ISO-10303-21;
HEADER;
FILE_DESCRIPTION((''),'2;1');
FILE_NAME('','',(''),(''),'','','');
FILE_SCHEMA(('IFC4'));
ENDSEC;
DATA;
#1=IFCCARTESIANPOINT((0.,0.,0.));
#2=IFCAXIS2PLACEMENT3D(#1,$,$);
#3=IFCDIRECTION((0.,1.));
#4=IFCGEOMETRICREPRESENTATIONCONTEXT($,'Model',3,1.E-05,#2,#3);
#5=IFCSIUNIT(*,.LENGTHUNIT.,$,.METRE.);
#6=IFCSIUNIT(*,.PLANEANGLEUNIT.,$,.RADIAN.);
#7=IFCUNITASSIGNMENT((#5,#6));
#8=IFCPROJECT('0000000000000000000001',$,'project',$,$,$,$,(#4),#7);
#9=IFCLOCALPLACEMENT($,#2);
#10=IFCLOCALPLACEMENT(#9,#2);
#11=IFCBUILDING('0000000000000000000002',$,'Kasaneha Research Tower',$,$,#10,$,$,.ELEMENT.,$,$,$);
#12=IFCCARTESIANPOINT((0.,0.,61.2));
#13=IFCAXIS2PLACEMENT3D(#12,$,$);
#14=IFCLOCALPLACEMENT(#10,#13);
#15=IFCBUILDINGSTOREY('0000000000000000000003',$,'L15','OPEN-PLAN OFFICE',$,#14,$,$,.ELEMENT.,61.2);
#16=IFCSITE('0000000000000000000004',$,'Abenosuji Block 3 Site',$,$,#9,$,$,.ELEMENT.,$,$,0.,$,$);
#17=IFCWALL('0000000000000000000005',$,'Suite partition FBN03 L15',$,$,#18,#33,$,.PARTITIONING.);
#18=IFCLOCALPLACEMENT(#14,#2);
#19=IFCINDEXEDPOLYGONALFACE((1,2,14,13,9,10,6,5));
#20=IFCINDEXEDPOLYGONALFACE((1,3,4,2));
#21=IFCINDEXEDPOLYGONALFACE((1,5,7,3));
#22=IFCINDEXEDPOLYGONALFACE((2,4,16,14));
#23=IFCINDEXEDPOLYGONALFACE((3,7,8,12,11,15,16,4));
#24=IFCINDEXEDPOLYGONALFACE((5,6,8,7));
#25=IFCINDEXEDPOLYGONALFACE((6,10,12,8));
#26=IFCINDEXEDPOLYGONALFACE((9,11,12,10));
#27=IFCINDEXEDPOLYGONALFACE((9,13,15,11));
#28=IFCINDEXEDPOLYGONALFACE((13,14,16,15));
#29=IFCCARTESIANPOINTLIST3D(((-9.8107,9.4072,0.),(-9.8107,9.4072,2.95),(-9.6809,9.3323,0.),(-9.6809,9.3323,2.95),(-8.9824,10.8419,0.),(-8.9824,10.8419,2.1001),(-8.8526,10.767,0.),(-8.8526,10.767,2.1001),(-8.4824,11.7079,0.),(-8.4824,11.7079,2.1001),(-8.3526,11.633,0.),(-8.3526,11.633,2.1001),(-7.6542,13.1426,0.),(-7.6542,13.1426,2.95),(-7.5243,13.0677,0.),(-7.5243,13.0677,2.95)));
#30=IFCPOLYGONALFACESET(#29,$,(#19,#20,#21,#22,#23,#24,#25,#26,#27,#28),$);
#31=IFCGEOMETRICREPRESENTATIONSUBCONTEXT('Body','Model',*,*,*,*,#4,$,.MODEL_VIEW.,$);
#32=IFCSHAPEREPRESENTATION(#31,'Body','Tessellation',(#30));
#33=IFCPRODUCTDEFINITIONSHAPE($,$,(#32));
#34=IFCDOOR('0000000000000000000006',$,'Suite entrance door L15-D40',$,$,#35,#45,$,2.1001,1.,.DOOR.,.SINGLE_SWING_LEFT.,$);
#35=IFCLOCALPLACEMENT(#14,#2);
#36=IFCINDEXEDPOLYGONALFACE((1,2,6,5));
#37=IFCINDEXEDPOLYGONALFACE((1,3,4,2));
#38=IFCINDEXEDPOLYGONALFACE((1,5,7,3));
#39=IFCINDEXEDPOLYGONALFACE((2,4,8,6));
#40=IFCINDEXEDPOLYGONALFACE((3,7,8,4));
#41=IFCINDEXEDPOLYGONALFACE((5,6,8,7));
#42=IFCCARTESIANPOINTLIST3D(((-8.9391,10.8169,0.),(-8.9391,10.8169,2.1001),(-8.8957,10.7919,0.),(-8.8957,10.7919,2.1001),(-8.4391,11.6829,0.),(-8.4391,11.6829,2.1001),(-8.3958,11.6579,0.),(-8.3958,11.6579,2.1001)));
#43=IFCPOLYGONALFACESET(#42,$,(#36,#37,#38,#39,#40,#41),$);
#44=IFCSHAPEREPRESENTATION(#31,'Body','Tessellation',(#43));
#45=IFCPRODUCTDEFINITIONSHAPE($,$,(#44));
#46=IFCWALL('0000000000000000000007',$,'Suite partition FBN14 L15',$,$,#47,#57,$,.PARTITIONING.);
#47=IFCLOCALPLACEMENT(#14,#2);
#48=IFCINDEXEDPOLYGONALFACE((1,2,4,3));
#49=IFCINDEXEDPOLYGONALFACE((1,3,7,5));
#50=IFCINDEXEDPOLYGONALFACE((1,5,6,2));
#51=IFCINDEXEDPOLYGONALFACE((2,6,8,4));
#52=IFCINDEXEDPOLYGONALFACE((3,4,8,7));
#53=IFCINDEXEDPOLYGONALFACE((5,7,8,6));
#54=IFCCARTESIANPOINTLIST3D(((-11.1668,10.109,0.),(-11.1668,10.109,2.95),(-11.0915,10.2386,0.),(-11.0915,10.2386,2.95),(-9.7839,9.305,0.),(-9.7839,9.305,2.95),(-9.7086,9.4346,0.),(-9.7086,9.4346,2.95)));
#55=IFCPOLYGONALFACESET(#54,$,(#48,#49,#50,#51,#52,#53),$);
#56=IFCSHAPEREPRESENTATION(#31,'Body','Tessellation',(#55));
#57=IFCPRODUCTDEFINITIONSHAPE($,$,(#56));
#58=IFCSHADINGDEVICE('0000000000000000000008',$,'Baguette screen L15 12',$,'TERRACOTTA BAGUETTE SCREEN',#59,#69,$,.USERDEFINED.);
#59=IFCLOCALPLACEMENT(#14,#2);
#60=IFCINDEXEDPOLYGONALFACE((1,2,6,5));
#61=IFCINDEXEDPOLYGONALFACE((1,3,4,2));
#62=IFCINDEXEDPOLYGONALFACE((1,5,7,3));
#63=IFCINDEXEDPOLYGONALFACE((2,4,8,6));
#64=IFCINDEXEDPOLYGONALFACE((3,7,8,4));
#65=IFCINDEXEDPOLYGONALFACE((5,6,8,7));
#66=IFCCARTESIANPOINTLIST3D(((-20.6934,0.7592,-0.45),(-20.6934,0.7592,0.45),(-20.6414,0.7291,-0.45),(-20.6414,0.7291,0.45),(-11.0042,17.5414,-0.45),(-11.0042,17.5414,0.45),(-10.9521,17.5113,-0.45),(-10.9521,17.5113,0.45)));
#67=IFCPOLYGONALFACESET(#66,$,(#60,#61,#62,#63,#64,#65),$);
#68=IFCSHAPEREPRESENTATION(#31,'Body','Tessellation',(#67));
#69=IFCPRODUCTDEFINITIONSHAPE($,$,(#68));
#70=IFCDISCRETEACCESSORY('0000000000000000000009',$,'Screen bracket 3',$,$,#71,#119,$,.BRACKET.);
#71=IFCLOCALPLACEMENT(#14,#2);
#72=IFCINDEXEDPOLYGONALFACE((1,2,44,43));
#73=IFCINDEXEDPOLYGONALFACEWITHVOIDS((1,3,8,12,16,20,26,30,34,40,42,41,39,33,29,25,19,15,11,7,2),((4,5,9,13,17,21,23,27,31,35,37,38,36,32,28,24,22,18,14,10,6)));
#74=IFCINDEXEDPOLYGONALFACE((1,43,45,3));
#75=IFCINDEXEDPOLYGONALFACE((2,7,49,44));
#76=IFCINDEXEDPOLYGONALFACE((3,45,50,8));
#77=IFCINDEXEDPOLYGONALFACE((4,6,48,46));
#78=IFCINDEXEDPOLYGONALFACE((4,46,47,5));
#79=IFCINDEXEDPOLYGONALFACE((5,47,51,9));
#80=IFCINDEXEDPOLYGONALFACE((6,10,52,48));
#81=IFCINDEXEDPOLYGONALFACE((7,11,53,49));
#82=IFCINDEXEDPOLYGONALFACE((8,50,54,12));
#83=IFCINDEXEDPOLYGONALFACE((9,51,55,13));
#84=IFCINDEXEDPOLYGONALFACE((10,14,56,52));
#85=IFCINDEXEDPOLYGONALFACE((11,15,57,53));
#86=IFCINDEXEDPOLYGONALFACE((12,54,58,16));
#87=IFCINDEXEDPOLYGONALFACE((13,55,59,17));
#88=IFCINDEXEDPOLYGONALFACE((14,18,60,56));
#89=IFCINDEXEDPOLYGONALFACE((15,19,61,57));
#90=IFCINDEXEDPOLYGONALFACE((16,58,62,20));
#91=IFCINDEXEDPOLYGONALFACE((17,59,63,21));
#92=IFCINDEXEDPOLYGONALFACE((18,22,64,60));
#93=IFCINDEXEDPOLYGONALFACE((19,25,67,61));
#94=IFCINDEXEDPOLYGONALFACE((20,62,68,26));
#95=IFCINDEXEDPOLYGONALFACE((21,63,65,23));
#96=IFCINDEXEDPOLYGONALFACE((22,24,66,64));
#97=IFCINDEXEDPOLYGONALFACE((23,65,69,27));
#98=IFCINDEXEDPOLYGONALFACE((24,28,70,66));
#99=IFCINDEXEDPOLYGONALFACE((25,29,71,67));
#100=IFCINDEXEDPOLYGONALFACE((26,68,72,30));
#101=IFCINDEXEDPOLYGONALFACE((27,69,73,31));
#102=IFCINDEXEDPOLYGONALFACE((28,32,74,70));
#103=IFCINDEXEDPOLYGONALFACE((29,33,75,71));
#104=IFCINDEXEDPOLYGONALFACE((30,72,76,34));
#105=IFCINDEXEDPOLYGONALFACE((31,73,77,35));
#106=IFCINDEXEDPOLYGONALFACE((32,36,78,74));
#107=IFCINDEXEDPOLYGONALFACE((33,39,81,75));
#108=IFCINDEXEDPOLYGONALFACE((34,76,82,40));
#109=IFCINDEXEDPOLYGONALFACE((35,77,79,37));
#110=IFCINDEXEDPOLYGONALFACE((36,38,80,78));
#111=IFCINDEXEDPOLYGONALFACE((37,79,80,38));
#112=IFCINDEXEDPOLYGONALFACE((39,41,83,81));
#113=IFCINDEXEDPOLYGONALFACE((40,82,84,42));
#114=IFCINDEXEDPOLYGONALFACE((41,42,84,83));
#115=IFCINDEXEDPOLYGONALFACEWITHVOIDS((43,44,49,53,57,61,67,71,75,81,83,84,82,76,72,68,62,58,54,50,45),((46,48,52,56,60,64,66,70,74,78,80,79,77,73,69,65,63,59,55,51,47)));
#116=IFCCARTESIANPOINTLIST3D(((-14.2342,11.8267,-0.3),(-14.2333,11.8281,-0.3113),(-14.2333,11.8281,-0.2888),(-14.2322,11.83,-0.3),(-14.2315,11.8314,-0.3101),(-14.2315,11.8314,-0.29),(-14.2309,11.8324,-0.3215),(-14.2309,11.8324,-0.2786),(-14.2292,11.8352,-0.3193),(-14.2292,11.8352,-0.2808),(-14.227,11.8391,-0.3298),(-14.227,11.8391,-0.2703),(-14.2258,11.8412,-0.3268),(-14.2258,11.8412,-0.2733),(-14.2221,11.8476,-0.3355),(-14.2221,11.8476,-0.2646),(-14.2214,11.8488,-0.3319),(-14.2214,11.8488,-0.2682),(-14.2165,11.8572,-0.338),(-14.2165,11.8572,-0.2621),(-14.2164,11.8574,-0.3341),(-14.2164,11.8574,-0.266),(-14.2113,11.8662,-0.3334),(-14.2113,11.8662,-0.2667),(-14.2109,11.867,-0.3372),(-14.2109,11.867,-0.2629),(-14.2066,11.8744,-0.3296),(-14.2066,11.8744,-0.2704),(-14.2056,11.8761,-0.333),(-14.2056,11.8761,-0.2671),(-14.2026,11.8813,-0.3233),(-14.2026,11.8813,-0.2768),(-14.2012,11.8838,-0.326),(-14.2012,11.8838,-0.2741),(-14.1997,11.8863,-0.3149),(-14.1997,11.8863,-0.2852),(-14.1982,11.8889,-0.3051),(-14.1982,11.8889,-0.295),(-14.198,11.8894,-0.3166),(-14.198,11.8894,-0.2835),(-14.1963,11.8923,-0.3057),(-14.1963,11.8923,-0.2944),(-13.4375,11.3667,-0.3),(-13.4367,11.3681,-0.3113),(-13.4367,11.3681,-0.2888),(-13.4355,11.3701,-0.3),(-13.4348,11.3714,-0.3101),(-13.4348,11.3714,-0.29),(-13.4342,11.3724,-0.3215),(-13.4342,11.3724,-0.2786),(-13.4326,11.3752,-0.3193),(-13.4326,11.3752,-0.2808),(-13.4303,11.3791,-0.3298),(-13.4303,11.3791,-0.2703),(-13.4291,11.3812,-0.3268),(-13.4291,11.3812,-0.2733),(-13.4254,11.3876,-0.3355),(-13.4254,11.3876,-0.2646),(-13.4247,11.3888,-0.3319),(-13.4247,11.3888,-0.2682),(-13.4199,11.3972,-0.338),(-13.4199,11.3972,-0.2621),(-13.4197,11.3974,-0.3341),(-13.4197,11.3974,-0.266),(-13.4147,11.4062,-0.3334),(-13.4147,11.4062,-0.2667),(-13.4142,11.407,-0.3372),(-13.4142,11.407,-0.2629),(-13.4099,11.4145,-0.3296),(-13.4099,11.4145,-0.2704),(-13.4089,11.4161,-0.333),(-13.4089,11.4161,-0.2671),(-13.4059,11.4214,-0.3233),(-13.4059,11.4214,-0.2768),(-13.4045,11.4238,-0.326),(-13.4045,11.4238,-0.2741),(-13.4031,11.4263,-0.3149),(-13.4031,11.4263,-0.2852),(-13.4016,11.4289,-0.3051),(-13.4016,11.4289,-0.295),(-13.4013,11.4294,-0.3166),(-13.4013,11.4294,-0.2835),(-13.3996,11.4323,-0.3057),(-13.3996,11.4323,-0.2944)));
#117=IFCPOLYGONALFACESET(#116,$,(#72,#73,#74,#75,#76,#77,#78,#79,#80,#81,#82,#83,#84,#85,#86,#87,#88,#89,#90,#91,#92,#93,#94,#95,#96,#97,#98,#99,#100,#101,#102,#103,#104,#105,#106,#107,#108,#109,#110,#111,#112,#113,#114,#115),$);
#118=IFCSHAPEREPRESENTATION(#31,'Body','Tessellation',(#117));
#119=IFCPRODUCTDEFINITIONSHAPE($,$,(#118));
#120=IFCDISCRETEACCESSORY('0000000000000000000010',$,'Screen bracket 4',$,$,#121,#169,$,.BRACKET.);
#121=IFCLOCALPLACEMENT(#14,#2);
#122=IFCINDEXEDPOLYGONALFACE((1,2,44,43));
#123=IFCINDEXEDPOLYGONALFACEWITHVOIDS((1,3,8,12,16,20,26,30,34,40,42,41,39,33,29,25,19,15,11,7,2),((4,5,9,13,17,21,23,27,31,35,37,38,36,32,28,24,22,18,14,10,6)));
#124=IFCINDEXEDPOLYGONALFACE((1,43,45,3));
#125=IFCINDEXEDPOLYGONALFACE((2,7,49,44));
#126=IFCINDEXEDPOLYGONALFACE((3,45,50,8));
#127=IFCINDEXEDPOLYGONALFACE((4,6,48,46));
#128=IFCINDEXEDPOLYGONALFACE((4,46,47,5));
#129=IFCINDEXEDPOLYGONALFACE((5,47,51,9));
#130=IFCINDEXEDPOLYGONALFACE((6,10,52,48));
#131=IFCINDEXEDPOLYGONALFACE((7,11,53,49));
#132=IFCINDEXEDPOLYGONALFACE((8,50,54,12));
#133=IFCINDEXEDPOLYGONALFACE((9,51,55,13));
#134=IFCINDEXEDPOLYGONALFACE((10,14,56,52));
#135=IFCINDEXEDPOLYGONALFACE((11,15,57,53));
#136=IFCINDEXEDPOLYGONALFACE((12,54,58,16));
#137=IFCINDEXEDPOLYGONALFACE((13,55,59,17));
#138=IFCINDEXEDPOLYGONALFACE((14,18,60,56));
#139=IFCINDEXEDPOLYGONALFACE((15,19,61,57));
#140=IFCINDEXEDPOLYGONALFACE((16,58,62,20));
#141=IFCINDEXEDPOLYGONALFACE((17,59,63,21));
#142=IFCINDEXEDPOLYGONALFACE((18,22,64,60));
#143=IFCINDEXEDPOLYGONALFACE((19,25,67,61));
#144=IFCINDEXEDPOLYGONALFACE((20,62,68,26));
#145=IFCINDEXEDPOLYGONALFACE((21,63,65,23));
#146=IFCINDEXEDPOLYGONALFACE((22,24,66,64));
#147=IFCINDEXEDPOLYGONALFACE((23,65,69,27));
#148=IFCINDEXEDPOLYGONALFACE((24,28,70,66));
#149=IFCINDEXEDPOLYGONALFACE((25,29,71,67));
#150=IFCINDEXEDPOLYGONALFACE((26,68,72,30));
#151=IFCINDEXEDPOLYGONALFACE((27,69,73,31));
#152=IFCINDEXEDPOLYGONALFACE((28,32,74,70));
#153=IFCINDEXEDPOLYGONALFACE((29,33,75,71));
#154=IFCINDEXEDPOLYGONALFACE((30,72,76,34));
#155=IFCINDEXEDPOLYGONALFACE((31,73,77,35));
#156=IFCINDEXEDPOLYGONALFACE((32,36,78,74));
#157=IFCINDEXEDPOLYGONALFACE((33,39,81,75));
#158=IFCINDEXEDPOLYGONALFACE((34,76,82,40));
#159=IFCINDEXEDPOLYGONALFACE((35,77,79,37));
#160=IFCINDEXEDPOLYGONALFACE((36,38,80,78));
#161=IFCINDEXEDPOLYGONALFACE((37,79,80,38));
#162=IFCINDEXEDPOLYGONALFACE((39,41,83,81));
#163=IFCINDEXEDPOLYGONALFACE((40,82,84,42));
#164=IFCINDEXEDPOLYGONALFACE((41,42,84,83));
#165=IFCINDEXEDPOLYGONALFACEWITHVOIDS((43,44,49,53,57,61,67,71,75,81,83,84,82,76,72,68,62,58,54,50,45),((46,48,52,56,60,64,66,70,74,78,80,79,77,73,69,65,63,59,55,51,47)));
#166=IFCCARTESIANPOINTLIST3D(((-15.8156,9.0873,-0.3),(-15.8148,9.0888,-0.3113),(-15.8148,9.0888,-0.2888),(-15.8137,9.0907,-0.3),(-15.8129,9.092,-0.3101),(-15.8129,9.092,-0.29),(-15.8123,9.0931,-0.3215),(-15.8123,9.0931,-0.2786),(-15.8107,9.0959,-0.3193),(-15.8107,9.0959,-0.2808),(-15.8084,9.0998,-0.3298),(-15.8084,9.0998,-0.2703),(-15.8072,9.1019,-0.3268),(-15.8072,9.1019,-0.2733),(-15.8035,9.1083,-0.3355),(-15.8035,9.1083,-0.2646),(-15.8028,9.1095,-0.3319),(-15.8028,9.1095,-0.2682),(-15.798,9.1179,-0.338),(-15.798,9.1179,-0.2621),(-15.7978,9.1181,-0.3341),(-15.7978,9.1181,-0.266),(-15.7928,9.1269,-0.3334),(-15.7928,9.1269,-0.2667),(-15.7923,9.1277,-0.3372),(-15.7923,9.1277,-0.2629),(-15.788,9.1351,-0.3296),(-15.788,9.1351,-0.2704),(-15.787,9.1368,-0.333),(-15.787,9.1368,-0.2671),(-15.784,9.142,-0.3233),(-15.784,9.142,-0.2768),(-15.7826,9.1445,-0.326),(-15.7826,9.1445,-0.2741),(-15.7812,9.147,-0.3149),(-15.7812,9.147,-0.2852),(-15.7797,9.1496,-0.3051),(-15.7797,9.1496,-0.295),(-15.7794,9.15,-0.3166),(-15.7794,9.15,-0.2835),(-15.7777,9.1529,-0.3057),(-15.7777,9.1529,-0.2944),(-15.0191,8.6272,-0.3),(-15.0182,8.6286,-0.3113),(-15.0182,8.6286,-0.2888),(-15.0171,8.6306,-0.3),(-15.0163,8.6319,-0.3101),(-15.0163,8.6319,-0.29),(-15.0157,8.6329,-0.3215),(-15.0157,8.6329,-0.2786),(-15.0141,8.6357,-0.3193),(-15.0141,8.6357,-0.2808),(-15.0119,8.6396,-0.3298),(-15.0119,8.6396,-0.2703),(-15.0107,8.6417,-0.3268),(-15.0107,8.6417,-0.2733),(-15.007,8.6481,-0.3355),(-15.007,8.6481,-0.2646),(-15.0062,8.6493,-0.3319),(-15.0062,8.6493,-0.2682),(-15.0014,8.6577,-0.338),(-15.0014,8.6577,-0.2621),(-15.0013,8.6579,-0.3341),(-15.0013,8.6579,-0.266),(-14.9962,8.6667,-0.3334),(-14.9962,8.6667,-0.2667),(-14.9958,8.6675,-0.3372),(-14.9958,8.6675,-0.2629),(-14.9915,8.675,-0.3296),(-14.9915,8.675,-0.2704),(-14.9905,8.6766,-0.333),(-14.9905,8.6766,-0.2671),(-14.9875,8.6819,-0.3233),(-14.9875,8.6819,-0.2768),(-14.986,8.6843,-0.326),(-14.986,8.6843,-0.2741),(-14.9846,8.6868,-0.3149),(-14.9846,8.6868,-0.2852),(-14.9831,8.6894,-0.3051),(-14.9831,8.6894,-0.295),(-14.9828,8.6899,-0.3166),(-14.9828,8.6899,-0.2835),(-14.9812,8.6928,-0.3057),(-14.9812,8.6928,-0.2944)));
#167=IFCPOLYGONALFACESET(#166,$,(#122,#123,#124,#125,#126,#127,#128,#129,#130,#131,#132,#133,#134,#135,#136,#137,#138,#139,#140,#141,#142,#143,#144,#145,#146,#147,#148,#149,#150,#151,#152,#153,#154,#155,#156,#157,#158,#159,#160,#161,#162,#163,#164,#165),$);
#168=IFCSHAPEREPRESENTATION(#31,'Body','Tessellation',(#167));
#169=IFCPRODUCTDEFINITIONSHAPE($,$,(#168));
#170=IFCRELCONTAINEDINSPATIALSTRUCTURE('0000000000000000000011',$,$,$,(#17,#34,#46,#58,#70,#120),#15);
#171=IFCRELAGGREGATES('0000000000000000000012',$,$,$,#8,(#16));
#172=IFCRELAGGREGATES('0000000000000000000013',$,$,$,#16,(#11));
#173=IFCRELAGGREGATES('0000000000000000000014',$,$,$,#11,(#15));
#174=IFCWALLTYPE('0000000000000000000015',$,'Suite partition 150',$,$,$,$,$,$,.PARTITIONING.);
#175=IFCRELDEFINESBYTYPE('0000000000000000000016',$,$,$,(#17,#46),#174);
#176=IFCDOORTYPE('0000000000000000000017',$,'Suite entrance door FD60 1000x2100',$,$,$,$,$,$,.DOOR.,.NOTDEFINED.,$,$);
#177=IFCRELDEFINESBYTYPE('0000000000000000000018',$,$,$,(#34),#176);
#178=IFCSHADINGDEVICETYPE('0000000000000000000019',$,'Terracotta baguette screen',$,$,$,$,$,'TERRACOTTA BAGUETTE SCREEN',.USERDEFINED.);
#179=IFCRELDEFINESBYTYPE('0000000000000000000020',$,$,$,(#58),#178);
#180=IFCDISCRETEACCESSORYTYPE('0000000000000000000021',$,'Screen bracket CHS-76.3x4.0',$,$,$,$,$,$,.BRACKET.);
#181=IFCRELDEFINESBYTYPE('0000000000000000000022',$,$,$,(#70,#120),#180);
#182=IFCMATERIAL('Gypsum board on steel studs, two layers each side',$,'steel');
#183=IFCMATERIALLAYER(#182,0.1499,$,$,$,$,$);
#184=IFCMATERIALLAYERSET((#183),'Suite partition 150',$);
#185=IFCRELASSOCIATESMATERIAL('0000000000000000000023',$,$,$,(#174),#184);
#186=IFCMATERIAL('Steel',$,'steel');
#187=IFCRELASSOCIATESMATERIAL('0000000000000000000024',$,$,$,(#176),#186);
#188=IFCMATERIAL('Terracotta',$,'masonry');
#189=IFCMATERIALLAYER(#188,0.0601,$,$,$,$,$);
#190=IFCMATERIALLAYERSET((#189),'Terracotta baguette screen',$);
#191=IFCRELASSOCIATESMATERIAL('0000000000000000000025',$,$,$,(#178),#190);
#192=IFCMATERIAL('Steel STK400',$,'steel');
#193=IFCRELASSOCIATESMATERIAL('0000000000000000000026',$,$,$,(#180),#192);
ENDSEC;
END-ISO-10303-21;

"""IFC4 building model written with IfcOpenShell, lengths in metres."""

from ifc_helpers import new_model, si_unit, direction, frame, frame_2d, origin, origin_2d, place, context, subcontext, project, spatial, rectangle, hollow_circle, extrude, material, layer, layer_set, material_profile, profile_set, type_object, element, fill, save


model = new_model("IFC4")

# Units and contexts
model_context = context("Model", 3, precision=1e-05, world=origin(), true_north=direction((0.0, 1.0)))
body_context = subcontext(model_context, "Body", "Model", "MODEL_VIEW")
ifc_project = project(units=[si_unit("LENGTHUNIT", "METRE"), si_unit("PLANEANGLEUNIT", "RADIAN")], contexts=[model_context])

# Site, building, storey
site_placement = place(None, origin())
site = spatial("IfcSite", under=ifc_project, at=site_placement, Name="Abenosuji Block 3 Site", CompositionType="ELEMENT", RefElevation=0.0)
building_placement = place(site_placement, origin())
building = spatial("IfcBuilding", under=site, at=building_placement, Name="Kasaneha Research Tower", CompositionType="ELEMENT")
storey_placement = place(building_placement, frame((0.0, 0.0, 61.2)))
storey = spatial("IfcBuildingStorey", under=building, at=storey_placement, Name="L15", Description="OPEN-PLAN OFFICE", CompositionType="ELEMENT", Elevation=61.2)

# Wall, opening, door
ifc_material_1 = material(Name="Gypsum board on steel studs, two layers each side", Category="steel")
ifc_layer_1 = layer(ifc_material_1, 0.1499)
ifc_layer_set_1 = layer_set([ifc_layer_1], Name="Suite partition 150")
wall_type_1 = type_object("IfcWallType", Name="Suite partition 150", PredefinedType="PARTITIONING", material=ifc_layer_set_1)
wall_1_placement = place(storey_placement, frame((-9.7458, 9.3696, 0.0), z_axis=(0.0, 0.0, 1.0), x_axis=(0.499981, 0.866037, 0.0)))
wall_1 = element("IfcWall", 1, at=wall_1_placement, inside=storey, type_object=wall_type_1, Name="Suite partition FBN03 L15", PredefinedType="PARTITIONING", context=body_context, shape_type="SweptSolid", body=[
    extrude(rectangle(XDim=4.3132, YDim=0.1499, at=frame_2d((2.1567, 0.0))), origin(), (0.0, 0.0, 1.0), 2.95),
])
opening_1_placement = place(wall_1_placement, frame((1.6567, 0.0, 0.0)))
opening_1 = element("IfcOpeningElement", 2, at=opening_1_placement, cuts=wall_1, PredefinedType="OPENING", context=body_context, shape_type="SweptSolid", body=[
    extrude(rectangle(XDim=1.0, YDim=2.1001, at=frame_2d((0.5, 1.05))), frame((0.0, 0.085, 0.0), z_axis=(0.0, -1.0, 0.0), x_axis=(1.0, 0.0, 0.0)), (0.0, 0.0, 1.0), 0.1699),
])
ifc_material_2 = material(Name="Steel", Category="steel")
door_type_1 = type_object("IfcDoorType", Name="Suite entrance door FD60 1000x2100", OperationType="NOTDEFINED", PredefinedType="DOOR", material=ifc_material_2)
door_1_placement = place(opening_1_placement, origin())
door_1 = element("IfcDoor", 3, at=door_1_placement, inside=storey, type_object=door_type_1, Name="Suite entrance door L15-D40", OperationType="SINGLE_SWING_LEFT", OverallHeight=2.1001, OverallWidth=1.0, PredefinedType="DOOR", context=body_context, shape_type="SweptSolid", body=[
    extrude(rectangle(XDim=1.0, YDim=2.1001, at=frame_2d((0.5, 1.05))), frame((0.0, 0.0249, 0.0), z_axis=(0.0, -1.0, 0.0), x_axis=(1.0, 0.0, 0.0)), (0.0, 0.0, 1.0), 0.05),
])
fill(opening_1, door_1)

# Wall
wall_2_placement = place(storey_placement, frame((-11.1292, 10.1738, 0.0), z_axis=(0.0, 0.0, 1.0), x_axis=(0.864509, -0.502618, 0.0)))
element("IfcWall", 4, at=wall_2_placement, inside=storey, type_object=wall_type_1, Name="Suite partition FBN14 L15", PredefinedType="PARTITIONING", context=body_context, shape_type="SweptSolid", body=[
    extrude(rectangle(XDim=1.5996, YDim=0.1499, at=frame_2d((0.7998, 0.0))), origin(), (0.0, 0.0, 1.0), 2.95),
])

# Shading device
ifc_material_3 = material(Name="Terracotta", Category="masonry")
ifc_layer_2 = layer(ifc_material_3, 0.0601)
ifc_layer_set_2 = layer_set([ifc_layer_2], Name="Terracotta baguette screen")
shading_device_type = type_object("IfcShadingDeviceType", Name="Terracotta baguette screen", ElementType="TERRACOTTA BAGUETTE SCREEN", PredefinedType="USERDEFINED", material=ifc_layer_set_2)
shading_device_placement = place(storey_placement, frame((-15.8228, 9.1353, -0.45), z_axis=(0.0, 0.0, 1.0), x_axis=(-0.5, -0.866025, 0.0)))
element("IfcShadingDevice", 5, at=shading_device_placement, inside=storey, type_object=shading_device_type, Name="Baguette screen L15 12", ObjectType="TERRACOTTA BAGUETTE SCREEN", PredefinedType="USERDEFINED", context=body_context, shape_type="SweptSolid", body=[
    extrude(rectangle(XDim=19.3784, YDim=0.0601, at=origin_2d()), origin(), (0.0, 0.0, 1.0), 0.8999),
])

# Discrete accessories
ifc_material_4 = material(Name="Steel STK400", Category="steel")
ifc_material_profile_1 = material_profile(ifc_material_4, hollow_circle(Radius=0.0381, WallThickness=0.0039, at=origin_2d()), Name="CHS-76.3x4.0")
ifc_profile_set_1 = profile_set([ifc_material_profile_1], Name="Steel STK400")
discrete_accessory_type = type_object("IfcDiscreteAccessoryType", Name="Screen bracket CHS-76.3x4.0", PredefinedType="BRACKET", material=ifc_profile_set_1)
for number, where, z_axis, x_axis, name in (
    (6, (-13.4185, 11.3997, -0.3), (-0.866013, 0.500021, 0.0), (-0.500021, -0.866013, 0.0), "Screen bracket 3"),
    (7, (-15.0, 8.6602, -0.3), (-0.865898, 0.50022, 0.0), (-0.50022, -0.865898, 0.0), "Screen bracket 4"),
):
    element("IfcDiscreteAccessory", number, at=place(storey_placement, frame(where, z_axis=z_axis, x_axis=x_axis)), inside=storey, type_object=discrete_accessory_type, Name=name, PredefinedType="BRACKET", context=body_context, shape_type="SweptSolid", body=[
        extrude(hollow_circle(Radius=0.0381, WallThickness=0.0039, at=origin_2d()), origin(), (0.0, 0.0, 1.0), 0.9199),
    ])

save(model, "model.ifc")
